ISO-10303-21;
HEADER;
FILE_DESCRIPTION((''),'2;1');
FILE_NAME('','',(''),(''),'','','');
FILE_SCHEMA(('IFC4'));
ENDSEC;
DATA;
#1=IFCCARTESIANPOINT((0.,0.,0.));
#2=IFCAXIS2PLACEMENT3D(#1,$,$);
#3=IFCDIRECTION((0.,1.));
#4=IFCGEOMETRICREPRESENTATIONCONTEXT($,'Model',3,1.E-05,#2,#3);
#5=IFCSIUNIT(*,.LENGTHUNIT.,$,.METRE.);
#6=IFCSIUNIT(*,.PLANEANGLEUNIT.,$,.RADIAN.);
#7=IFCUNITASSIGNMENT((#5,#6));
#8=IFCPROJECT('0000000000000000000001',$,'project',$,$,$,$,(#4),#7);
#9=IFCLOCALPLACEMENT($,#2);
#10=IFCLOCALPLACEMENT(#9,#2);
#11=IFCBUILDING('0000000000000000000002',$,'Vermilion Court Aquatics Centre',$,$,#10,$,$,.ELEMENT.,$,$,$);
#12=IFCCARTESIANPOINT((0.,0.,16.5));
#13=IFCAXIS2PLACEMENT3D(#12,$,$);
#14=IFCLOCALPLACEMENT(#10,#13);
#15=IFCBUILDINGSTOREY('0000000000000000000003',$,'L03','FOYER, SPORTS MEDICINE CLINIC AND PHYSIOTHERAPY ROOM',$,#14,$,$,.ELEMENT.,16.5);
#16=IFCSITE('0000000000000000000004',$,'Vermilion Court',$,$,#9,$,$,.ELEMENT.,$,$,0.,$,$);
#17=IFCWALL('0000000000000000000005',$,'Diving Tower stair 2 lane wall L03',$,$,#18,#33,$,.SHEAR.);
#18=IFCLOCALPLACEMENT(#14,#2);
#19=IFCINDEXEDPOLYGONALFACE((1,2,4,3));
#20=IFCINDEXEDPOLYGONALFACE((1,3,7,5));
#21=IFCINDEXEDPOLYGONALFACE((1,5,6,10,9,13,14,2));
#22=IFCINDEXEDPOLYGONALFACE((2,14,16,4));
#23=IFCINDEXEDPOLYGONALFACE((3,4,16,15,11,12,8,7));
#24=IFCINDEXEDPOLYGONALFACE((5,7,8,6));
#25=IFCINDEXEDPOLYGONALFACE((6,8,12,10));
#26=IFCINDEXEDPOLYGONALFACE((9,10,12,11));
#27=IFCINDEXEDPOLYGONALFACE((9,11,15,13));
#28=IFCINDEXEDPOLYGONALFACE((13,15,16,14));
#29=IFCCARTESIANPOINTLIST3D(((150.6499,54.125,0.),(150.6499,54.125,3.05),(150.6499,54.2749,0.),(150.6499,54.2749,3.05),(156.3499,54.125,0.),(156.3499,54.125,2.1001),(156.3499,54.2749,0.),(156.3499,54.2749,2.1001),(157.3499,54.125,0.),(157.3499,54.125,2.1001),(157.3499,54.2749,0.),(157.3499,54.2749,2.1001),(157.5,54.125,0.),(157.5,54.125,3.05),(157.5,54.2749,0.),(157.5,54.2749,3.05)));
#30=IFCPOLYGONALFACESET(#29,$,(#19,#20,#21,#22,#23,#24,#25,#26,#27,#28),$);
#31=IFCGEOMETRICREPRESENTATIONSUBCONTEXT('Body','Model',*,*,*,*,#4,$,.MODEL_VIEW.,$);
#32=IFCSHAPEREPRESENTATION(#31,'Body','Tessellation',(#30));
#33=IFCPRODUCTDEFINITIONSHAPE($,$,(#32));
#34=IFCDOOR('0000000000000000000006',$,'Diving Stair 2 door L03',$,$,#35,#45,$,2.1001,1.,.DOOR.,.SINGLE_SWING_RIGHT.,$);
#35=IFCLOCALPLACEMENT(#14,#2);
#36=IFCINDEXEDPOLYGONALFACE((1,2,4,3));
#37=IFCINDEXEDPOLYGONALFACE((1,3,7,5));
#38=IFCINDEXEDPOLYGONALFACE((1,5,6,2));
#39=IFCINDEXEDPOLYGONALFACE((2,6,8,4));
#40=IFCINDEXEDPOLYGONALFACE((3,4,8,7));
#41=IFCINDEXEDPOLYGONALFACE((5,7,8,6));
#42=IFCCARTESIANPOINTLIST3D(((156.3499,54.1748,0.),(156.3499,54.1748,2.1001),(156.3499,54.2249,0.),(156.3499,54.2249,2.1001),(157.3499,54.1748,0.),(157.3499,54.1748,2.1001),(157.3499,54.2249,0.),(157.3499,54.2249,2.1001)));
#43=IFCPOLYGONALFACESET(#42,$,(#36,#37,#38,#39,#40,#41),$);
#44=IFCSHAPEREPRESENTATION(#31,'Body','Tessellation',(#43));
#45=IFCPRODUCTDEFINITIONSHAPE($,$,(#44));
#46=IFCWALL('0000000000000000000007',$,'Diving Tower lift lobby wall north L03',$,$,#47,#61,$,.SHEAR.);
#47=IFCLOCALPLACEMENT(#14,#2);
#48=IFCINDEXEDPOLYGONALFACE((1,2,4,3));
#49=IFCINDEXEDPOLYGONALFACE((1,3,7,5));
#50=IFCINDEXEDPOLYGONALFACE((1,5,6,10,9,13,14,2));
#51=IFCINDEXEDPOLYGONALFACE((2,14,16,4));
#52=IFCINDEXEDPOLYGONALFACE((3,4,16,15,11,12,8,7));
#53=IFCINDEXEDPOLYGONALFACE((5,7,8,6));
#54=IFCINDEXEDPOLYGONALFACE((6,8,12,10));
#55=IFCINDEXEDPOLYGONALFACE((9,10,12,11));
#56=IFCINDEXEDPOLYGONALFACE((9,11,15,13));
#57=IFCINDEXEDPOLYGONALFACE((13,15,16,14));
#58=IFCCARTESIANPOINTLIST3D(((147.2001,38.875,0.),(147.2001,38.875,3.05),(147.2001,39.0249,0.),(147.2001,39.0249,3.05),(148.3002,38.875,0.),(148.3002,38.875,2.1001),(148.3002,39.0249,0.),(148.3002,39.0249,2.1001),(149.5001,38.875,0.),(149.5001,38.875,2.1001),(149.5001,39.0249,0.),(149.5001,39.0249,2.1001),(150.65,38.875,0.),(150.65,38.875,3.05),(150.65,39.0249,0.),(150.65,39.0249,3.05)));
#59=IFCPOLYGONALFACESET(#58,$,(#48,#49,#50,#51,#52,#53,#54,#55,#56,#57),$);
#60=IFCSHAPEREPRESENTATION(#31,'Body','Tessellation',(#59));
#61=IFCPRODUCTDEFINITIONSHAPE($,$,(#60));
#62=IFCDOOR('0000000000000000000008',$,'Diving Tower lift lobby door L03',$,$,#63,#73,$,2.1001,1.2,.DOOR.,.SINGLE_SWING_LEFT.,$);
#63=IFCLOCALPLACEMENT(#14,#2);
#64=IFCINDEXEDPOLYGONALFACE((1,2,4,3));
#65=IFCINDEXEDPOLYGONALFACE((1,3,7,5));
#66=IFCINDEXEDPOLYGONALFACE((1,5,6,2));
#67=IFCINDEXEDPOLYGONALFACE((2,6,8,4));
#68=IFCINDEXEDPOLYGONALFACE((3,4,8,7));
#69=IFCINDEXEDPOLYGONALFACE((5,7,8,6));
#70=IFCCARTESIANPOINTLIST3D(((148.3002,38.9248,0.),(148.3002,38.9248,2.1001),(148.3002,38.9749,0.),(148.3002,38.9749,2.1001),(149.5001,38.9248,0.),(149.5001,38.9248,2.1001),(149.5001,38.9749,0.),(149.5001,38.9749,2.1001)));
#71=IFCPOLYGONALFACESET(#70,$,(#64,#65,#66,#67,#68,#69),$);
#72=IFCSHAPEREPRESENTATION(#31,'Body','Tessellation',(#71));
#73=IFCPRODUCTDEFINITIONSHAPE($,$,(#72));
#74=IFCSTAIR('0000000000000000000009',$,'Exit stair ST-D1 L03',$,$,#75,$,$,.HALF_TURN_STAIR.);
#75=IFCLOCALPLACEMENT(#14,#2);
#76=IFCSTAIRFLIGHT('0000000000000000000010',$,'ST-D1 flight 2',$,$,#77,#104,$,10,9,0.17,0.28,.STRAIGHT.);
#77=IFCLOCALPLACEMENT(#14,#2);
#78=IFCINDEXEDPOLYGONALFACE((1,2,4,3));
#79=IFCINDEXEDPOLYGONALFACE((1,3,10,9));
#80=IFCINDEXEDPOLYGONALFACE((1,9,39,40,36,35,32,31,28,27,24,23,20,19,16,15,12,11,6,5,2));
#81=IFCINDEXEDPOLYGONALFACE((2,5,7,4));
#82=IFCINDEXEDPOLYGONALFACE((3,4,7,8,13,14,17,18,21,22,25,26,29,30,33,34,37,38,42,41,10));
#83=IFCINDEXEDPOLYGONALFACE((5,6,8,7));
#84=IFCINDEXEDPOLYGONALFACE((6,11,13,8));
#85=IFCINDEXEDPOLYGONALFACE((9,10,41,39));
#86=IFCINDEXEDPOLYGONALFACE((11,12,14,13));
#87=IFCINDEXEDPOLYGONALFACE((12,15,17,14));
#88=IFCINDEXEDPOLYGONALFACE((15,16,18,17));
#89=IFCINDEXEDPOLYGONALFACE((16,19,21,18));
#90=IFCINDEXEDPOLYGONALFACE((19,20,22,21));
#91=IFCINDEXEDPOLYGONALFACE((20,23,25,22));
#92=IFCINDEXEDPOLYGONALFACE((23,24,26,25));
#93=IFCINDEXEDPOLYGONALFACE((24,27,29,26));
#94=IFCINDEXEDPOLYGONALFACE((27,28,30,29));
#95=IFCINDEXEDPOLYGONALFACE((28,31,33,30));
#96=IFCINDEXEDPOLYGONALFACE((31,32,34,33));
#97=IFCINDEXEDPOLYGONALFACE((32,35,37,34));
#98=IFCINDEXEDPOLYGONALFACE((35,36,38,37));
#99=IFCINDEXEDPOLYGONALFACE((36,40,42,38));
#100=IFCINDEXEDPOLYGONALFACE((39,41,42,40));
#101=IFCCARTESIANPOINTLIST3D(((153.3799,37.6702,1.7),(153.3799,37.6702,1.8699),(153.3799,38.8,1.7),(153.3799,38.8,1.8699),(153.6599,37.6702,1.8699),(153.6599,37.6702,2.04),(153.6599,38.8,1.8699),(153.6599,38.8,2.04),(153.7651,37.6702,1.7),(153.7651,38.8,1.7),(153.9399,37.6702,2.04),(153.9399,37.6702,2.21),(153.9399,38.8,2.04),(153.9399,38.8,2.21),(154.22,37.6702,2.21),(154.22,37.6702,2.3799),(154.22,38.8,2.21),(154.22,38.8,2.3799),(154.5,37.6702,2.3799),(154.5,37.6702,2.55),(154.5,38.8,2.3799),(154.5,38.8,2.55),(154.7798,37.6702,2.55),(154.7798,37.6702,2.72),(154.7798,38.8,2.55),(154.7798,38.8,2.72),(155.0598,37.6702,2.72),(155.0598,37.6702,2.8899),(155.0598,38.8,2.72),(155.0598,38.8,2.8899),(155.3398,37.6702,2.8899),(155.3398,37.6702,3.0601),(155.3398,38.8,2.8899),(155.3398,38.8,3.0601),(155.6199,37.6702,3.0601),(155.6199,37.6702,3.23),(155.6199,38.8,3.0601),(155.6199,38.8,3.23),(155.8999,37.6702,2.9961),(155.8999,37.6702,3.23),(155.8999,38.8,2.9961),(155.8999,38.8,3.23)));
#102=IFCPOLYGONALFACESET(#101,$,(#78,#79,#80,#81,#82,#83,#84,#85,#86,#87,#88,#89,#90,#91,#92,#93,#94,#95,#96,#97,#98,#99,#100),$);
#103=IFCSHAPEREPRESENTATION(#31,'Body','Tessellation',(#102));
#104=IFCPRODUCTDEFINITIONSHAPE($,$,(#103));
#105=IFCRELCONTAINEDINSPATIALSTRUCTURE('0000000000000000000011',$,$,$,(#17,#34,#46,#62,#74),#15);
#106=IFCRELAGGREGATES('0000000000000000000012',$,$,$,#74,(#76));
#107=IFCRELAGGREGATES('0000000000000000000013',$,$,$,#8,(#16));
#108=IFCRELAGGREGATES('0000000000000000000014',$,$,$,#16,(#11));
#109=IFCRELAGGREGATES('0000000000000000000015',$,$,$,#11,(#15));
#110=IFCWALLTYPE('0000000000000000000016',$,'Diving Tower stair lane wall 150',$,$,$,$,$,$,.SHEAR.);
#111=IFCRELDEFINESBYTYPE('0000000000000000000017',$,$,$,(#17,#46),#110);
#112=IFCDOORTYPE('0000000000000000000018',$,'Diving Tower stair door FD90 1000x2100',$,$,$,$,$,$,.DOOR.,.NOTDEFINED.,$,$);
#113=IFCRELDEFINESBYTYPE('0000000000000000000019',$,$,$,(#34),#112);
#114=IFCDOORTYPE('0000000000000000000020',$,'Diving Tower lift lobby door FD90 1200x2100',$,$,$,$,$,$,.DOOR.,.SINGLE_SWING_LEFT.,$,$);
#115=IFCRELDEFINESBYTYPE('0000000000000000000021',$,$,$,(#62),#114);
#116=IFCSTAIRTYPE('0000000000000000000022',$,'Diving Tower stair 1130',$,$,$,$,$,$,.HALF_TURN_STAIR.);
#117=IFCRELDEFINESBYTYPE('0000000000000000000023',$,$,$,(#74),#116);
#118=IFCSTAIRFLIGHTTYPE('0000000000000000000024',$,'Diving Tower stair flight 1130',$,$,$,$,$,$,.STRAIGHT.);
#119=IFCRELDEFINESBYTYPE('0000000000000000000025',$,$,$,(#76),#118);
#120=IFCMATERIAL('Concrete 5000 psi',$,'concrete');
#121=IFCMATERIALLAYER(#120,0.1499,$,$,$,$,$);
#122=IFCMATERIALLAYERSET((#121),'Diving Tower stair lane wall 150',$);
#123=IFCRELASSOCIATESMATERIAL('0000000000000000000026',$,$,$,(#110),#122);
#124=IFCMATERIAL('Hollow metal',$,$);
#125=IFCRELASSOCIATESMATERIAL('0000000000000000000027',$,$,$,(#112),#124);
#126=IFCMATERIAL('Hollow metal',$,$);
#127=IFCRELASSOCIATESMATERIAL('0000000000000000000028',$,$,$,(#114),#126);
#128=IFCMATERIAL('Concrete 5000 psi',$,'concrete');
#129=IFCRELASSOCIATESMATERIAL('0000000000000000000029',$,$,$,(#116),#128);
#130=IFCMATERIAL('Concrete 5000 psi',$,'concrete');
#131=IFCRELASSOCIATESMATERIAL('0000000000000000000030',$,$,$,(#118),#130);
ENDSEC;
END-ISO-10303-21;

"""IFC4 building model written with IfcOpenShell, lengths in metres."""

from ifc_helpers import new_model, si_unit, direction, frame, frame_2d, origin, place, context, subcontext, project, spatial, polyline, rectangle, outline, extrude, material, layer, layer_set, type_object, element, fill, aggregate, save


model = new_model("IFC4")

# Units and contexts
model_context = context("Model", 3, precision=1e-05, world=origin(), true_north=direction((0.0, 1.0)))
body_context = subcontext(model_context, "Body", "Model", "MODEL_VIEW")
ifc_project = project(units=[si_unit("LENGTHUNIT", "METRE"), si_unit("PLANEANGLEUNIT", "RADIAN")], contexts=[model_context])

# Site, building, storey
site_placement = place(None, origin())
site = spatial("IfcSite", under=ifc_project, at=site_placement, Name="Vermilion Court", CompositionType="ELEMENT", RefElevation=0.0)
building_placement = place(site_placement, origin())
building = spatial("IfcBuilding", under=site, at=building_placement, Name="Vermilion Court Aquatics Centre", CompositionType="ELEMENT")
storey_placement = place(building_placement, frame((0.0, 0.0, 16.5)))
storey = spatial("IfcBuildingStorey", under=building, at=storey_placement, Name="L03", Description="FOYER, SPORTS MEDICINE CLINIC AND PHYSIOTHERAPY ROOM", CompositionType="ELEMENT", Elevation=16.5)

# Walls, openings, doors
ifc_material_1 = material(Name="Concrete 5000 psi", Category="concrete")
ifc_layer_1 = layer(ifc_material_1, 0.1499)
ifc_layer_set_1 = layer_set([ifc_layer_1], Name="Diving Tower stair lane wall 150")
wall_type_1 = type_object("IfcWallType", Name="Diving Tower stair lane wall 150", PredefinedType="SHEAR", material=ifc_layer_set_1)
ifc_material_2 = material(Name="Hollow metal")
door_type_1 = type_object("IfcDoorType", Name="Diving Tower stair door FD90 1000x2100", OperationType="NOTDEFINED", PredefinedType="DOOR", material=ifc_material_2)
wall_1_placement = place(storey_placement, frame((150.6499, 54.2, 0.0), z_axis=(0.0, 0.0, 1.0), x_axis=(1.0, 0.0, 0.0)))
wall_1 = element("IfcWall", 1, at=wall_1_placement, inside=storey, type_object=wall_type_1, Name="Diving Tower stair 2 lane wall L03", PredefinedType="SHEAR", context=body_context, shape_type="SweptSolid", body=[
    extrude(rectangle(XDim=6.8501, YDim=0.1499, at=frame_2d((3.425, 0.0))), origin(), (0.0, 0.0, 1.0), 3.05),
])
opening_1_placement = place(wall_1_placement, frame((5.7, 0.0, 0.0)))
opening_1 = element("IfcOpeningElement", 2, at=opening_1_placement, cuts=wall_1, PredefinedType="OPENING", context=body_context, shape_type="SweptSolid", body=[
    extrude(rectangle(XDim=1.0, YDim=2.1001, at=frame_2d((0.5, 1.05))), frame((0.0, 0.085, 0.0), z_axis=(0.0, -1.0, 0.0), x_axis=(1.0, 0.0, 0.0)), (0.0, 0.0, 1.0), 0.1699),
])
door_1_placement = place(opening_1_placement, origin())
door_1 = element("IfcDoor", 3, at=door_1_placement, inside=storey, type_object=door_type_1, Name="Diving Stair 2 door L03", OperationType="SINGLE_SWING_RIGHT", OverallHeight=2.1001, OverallWidth=1.0, PredefinedType="DOOR", context=body_context, shape_type="SweptSolid", body=[
    extrude(rectangle(XDim=1.0, YDim=2.1001, at=frame_2d((0.5, 1.05))), frame((0.0, 0.0249, 0.0), z_axis=(0.0, -1.0, 0.0), x_axis=(1.0, 0.0, 0.0)), (0.0, 0.0, 1.0), 0.05),
])
fill(opening_1, door_1)
wall_2_placement = place(storey_placement, frame((147.2, 38.95, 0.0), z_axis=(0.0, 0.0, 1.0), x_axis=(1.0, 0.0, 0.0)))
wall_2 = element("IfcWall", 4, at=wall_2_placement, inside=storey, type_object=wall_type_1, Name="Diving Tower lift lobby wall north L03", PredefinedType="SHEAR", context=body_context, shape_type="SweptSolid", body=[
    extrude(rectangle(XDim=3.45, YDim=0.1499, at=frame_2d((1.7251, 0.0))), origin(), (0.0, 0.0, 1.0), 3.05),
])
opening_2_placement = place(wall_2_placement, frame((1.1001, 0.0, 0.0)))
opening_2 = element("IfcOpeningElement", 5, at=opening_2_placement, cuts=wall_2, PredefinedType="OPENING", context=body_context, shape_type="SweptSolid", body=[
    extrude(rectangle(XDim=1.2, YDim=2.1001, at=frame_2d((0.6001, 1.05))), frame((0.0, 0.085, 0.0), z_axis=(0.0, -1.0, 0.0), x_axis=(1.0, 0.0, 0.0)), (0.0, 0.0, 1.0), 0.1699),
])
ifc_material_3 = material(Name="Hollow metal")
door_type_2 = type_object("IfcDoorType", Name="Diving Tower lift lobby door FD90 1200x2100", OperationType="SINGLE_SWING_LEFT", PredefinedType="DOOR", material=ifc_material_3)
door_2_placement = place(opening_2_placement, origin())
door_2 = element("IfcDoor", 6, at=door_2_placement, inside=storey, type_object=door_type_2, Name="Diving Tower lift lobby door L03", OperationType="SINGLE_SWING_LEFT", OverallHeight=2.1001, OverallWidth=1.2, PredefinedType="DOOR", context=body_context, shape_type="SweptSolid", body=[
    extrude(rectangle(XDim=1.2, YDim=2.1001, at=frame_2d((0.6001, 1.05))), frame((0.0, 0.0249, 0.0), z_axis=(0.0, -1.0, 0.0), x_axis=(1.0, 0.0, 0.0)), (0.0, 0.0, 1.0), 0.05),
])
fill(opening_2, door_2)

# Stair, stair flight
ifc_material_4 = material(Name="Concrete 5000 psi", Category="concrete")
stair_type = type_object("IfcStairType", Name="Diving Tower stair 1130", PredefinedType="HALF_TURN_STAIR", material=ifc_material_4)
stair_placement = place(storey_placement, origin())
stair = element("IfcStair", 7, at=stair_placement, inside=storey, type_object=stair_type, Name="Exit stair ST-D1 L03", PredefinedType="HALF_TURN_STAIR")
ifc_material_5 = material(Name="Concrete 5000 psi", Category="concrete")
stair_flight_type = type_object("IfcStairFlightType", Name="Diving Tower stair flight 1130", PredefinedType="STRAIGHT", material=ifc_material_5)
stair_flight_placement = place(storey_placement, frame((153.3799, 38.2351, 1.7), z_axis=(0.0, 0.0, 1.0), x_axis=(1.0, 0.0, 0.0)))
stair_flight = element("IfcStairFlight", 8, at=stair_flight_placement, type_object=stair_flight_type, Name="ST-D1 flight 2", NumberOfRisers=10, NumberOfTreads=9, PredefinedType="STRAIGHT", RiserHeight=0.17, TreadLength=0.28, context=body_context, shape_type="SweptSolid", body=[
    extrude(outline(polyline([(0.0, 0.0), (0.0, 0.1699), (0.28, 0.1699), (0.28, 0.3401), (0.5601, 0.3401), (0.5601, 0.51), (0.8401, 0.51), (0.8401, 0.6799), (1.1201, 0.6799), (1.1201, 0.8501), (1.3999, 0.8501), (1.3999, 1.02), (1.6799, 1.02), (1.6799, 1.1899), (1.96, 1.1899), (1.96, 1.3601), (2.24, 1.3601), (2.24, 1.53), (2.52, 1.53), (2.52, 1.7), (2.52, 1.2961), (0.3853, 0.0), (0.0, 0.0)])), frame((0.0, 0.5649, 0.0), z_axis=(0.0, -1.0, 0.0), x_axis=(1.0, 0.0, 0.0)), (0.0, 0.0, 1.0), 1.1299),
])
aggregate(stair, [stair_flight])

save(model, "model.ifc")
